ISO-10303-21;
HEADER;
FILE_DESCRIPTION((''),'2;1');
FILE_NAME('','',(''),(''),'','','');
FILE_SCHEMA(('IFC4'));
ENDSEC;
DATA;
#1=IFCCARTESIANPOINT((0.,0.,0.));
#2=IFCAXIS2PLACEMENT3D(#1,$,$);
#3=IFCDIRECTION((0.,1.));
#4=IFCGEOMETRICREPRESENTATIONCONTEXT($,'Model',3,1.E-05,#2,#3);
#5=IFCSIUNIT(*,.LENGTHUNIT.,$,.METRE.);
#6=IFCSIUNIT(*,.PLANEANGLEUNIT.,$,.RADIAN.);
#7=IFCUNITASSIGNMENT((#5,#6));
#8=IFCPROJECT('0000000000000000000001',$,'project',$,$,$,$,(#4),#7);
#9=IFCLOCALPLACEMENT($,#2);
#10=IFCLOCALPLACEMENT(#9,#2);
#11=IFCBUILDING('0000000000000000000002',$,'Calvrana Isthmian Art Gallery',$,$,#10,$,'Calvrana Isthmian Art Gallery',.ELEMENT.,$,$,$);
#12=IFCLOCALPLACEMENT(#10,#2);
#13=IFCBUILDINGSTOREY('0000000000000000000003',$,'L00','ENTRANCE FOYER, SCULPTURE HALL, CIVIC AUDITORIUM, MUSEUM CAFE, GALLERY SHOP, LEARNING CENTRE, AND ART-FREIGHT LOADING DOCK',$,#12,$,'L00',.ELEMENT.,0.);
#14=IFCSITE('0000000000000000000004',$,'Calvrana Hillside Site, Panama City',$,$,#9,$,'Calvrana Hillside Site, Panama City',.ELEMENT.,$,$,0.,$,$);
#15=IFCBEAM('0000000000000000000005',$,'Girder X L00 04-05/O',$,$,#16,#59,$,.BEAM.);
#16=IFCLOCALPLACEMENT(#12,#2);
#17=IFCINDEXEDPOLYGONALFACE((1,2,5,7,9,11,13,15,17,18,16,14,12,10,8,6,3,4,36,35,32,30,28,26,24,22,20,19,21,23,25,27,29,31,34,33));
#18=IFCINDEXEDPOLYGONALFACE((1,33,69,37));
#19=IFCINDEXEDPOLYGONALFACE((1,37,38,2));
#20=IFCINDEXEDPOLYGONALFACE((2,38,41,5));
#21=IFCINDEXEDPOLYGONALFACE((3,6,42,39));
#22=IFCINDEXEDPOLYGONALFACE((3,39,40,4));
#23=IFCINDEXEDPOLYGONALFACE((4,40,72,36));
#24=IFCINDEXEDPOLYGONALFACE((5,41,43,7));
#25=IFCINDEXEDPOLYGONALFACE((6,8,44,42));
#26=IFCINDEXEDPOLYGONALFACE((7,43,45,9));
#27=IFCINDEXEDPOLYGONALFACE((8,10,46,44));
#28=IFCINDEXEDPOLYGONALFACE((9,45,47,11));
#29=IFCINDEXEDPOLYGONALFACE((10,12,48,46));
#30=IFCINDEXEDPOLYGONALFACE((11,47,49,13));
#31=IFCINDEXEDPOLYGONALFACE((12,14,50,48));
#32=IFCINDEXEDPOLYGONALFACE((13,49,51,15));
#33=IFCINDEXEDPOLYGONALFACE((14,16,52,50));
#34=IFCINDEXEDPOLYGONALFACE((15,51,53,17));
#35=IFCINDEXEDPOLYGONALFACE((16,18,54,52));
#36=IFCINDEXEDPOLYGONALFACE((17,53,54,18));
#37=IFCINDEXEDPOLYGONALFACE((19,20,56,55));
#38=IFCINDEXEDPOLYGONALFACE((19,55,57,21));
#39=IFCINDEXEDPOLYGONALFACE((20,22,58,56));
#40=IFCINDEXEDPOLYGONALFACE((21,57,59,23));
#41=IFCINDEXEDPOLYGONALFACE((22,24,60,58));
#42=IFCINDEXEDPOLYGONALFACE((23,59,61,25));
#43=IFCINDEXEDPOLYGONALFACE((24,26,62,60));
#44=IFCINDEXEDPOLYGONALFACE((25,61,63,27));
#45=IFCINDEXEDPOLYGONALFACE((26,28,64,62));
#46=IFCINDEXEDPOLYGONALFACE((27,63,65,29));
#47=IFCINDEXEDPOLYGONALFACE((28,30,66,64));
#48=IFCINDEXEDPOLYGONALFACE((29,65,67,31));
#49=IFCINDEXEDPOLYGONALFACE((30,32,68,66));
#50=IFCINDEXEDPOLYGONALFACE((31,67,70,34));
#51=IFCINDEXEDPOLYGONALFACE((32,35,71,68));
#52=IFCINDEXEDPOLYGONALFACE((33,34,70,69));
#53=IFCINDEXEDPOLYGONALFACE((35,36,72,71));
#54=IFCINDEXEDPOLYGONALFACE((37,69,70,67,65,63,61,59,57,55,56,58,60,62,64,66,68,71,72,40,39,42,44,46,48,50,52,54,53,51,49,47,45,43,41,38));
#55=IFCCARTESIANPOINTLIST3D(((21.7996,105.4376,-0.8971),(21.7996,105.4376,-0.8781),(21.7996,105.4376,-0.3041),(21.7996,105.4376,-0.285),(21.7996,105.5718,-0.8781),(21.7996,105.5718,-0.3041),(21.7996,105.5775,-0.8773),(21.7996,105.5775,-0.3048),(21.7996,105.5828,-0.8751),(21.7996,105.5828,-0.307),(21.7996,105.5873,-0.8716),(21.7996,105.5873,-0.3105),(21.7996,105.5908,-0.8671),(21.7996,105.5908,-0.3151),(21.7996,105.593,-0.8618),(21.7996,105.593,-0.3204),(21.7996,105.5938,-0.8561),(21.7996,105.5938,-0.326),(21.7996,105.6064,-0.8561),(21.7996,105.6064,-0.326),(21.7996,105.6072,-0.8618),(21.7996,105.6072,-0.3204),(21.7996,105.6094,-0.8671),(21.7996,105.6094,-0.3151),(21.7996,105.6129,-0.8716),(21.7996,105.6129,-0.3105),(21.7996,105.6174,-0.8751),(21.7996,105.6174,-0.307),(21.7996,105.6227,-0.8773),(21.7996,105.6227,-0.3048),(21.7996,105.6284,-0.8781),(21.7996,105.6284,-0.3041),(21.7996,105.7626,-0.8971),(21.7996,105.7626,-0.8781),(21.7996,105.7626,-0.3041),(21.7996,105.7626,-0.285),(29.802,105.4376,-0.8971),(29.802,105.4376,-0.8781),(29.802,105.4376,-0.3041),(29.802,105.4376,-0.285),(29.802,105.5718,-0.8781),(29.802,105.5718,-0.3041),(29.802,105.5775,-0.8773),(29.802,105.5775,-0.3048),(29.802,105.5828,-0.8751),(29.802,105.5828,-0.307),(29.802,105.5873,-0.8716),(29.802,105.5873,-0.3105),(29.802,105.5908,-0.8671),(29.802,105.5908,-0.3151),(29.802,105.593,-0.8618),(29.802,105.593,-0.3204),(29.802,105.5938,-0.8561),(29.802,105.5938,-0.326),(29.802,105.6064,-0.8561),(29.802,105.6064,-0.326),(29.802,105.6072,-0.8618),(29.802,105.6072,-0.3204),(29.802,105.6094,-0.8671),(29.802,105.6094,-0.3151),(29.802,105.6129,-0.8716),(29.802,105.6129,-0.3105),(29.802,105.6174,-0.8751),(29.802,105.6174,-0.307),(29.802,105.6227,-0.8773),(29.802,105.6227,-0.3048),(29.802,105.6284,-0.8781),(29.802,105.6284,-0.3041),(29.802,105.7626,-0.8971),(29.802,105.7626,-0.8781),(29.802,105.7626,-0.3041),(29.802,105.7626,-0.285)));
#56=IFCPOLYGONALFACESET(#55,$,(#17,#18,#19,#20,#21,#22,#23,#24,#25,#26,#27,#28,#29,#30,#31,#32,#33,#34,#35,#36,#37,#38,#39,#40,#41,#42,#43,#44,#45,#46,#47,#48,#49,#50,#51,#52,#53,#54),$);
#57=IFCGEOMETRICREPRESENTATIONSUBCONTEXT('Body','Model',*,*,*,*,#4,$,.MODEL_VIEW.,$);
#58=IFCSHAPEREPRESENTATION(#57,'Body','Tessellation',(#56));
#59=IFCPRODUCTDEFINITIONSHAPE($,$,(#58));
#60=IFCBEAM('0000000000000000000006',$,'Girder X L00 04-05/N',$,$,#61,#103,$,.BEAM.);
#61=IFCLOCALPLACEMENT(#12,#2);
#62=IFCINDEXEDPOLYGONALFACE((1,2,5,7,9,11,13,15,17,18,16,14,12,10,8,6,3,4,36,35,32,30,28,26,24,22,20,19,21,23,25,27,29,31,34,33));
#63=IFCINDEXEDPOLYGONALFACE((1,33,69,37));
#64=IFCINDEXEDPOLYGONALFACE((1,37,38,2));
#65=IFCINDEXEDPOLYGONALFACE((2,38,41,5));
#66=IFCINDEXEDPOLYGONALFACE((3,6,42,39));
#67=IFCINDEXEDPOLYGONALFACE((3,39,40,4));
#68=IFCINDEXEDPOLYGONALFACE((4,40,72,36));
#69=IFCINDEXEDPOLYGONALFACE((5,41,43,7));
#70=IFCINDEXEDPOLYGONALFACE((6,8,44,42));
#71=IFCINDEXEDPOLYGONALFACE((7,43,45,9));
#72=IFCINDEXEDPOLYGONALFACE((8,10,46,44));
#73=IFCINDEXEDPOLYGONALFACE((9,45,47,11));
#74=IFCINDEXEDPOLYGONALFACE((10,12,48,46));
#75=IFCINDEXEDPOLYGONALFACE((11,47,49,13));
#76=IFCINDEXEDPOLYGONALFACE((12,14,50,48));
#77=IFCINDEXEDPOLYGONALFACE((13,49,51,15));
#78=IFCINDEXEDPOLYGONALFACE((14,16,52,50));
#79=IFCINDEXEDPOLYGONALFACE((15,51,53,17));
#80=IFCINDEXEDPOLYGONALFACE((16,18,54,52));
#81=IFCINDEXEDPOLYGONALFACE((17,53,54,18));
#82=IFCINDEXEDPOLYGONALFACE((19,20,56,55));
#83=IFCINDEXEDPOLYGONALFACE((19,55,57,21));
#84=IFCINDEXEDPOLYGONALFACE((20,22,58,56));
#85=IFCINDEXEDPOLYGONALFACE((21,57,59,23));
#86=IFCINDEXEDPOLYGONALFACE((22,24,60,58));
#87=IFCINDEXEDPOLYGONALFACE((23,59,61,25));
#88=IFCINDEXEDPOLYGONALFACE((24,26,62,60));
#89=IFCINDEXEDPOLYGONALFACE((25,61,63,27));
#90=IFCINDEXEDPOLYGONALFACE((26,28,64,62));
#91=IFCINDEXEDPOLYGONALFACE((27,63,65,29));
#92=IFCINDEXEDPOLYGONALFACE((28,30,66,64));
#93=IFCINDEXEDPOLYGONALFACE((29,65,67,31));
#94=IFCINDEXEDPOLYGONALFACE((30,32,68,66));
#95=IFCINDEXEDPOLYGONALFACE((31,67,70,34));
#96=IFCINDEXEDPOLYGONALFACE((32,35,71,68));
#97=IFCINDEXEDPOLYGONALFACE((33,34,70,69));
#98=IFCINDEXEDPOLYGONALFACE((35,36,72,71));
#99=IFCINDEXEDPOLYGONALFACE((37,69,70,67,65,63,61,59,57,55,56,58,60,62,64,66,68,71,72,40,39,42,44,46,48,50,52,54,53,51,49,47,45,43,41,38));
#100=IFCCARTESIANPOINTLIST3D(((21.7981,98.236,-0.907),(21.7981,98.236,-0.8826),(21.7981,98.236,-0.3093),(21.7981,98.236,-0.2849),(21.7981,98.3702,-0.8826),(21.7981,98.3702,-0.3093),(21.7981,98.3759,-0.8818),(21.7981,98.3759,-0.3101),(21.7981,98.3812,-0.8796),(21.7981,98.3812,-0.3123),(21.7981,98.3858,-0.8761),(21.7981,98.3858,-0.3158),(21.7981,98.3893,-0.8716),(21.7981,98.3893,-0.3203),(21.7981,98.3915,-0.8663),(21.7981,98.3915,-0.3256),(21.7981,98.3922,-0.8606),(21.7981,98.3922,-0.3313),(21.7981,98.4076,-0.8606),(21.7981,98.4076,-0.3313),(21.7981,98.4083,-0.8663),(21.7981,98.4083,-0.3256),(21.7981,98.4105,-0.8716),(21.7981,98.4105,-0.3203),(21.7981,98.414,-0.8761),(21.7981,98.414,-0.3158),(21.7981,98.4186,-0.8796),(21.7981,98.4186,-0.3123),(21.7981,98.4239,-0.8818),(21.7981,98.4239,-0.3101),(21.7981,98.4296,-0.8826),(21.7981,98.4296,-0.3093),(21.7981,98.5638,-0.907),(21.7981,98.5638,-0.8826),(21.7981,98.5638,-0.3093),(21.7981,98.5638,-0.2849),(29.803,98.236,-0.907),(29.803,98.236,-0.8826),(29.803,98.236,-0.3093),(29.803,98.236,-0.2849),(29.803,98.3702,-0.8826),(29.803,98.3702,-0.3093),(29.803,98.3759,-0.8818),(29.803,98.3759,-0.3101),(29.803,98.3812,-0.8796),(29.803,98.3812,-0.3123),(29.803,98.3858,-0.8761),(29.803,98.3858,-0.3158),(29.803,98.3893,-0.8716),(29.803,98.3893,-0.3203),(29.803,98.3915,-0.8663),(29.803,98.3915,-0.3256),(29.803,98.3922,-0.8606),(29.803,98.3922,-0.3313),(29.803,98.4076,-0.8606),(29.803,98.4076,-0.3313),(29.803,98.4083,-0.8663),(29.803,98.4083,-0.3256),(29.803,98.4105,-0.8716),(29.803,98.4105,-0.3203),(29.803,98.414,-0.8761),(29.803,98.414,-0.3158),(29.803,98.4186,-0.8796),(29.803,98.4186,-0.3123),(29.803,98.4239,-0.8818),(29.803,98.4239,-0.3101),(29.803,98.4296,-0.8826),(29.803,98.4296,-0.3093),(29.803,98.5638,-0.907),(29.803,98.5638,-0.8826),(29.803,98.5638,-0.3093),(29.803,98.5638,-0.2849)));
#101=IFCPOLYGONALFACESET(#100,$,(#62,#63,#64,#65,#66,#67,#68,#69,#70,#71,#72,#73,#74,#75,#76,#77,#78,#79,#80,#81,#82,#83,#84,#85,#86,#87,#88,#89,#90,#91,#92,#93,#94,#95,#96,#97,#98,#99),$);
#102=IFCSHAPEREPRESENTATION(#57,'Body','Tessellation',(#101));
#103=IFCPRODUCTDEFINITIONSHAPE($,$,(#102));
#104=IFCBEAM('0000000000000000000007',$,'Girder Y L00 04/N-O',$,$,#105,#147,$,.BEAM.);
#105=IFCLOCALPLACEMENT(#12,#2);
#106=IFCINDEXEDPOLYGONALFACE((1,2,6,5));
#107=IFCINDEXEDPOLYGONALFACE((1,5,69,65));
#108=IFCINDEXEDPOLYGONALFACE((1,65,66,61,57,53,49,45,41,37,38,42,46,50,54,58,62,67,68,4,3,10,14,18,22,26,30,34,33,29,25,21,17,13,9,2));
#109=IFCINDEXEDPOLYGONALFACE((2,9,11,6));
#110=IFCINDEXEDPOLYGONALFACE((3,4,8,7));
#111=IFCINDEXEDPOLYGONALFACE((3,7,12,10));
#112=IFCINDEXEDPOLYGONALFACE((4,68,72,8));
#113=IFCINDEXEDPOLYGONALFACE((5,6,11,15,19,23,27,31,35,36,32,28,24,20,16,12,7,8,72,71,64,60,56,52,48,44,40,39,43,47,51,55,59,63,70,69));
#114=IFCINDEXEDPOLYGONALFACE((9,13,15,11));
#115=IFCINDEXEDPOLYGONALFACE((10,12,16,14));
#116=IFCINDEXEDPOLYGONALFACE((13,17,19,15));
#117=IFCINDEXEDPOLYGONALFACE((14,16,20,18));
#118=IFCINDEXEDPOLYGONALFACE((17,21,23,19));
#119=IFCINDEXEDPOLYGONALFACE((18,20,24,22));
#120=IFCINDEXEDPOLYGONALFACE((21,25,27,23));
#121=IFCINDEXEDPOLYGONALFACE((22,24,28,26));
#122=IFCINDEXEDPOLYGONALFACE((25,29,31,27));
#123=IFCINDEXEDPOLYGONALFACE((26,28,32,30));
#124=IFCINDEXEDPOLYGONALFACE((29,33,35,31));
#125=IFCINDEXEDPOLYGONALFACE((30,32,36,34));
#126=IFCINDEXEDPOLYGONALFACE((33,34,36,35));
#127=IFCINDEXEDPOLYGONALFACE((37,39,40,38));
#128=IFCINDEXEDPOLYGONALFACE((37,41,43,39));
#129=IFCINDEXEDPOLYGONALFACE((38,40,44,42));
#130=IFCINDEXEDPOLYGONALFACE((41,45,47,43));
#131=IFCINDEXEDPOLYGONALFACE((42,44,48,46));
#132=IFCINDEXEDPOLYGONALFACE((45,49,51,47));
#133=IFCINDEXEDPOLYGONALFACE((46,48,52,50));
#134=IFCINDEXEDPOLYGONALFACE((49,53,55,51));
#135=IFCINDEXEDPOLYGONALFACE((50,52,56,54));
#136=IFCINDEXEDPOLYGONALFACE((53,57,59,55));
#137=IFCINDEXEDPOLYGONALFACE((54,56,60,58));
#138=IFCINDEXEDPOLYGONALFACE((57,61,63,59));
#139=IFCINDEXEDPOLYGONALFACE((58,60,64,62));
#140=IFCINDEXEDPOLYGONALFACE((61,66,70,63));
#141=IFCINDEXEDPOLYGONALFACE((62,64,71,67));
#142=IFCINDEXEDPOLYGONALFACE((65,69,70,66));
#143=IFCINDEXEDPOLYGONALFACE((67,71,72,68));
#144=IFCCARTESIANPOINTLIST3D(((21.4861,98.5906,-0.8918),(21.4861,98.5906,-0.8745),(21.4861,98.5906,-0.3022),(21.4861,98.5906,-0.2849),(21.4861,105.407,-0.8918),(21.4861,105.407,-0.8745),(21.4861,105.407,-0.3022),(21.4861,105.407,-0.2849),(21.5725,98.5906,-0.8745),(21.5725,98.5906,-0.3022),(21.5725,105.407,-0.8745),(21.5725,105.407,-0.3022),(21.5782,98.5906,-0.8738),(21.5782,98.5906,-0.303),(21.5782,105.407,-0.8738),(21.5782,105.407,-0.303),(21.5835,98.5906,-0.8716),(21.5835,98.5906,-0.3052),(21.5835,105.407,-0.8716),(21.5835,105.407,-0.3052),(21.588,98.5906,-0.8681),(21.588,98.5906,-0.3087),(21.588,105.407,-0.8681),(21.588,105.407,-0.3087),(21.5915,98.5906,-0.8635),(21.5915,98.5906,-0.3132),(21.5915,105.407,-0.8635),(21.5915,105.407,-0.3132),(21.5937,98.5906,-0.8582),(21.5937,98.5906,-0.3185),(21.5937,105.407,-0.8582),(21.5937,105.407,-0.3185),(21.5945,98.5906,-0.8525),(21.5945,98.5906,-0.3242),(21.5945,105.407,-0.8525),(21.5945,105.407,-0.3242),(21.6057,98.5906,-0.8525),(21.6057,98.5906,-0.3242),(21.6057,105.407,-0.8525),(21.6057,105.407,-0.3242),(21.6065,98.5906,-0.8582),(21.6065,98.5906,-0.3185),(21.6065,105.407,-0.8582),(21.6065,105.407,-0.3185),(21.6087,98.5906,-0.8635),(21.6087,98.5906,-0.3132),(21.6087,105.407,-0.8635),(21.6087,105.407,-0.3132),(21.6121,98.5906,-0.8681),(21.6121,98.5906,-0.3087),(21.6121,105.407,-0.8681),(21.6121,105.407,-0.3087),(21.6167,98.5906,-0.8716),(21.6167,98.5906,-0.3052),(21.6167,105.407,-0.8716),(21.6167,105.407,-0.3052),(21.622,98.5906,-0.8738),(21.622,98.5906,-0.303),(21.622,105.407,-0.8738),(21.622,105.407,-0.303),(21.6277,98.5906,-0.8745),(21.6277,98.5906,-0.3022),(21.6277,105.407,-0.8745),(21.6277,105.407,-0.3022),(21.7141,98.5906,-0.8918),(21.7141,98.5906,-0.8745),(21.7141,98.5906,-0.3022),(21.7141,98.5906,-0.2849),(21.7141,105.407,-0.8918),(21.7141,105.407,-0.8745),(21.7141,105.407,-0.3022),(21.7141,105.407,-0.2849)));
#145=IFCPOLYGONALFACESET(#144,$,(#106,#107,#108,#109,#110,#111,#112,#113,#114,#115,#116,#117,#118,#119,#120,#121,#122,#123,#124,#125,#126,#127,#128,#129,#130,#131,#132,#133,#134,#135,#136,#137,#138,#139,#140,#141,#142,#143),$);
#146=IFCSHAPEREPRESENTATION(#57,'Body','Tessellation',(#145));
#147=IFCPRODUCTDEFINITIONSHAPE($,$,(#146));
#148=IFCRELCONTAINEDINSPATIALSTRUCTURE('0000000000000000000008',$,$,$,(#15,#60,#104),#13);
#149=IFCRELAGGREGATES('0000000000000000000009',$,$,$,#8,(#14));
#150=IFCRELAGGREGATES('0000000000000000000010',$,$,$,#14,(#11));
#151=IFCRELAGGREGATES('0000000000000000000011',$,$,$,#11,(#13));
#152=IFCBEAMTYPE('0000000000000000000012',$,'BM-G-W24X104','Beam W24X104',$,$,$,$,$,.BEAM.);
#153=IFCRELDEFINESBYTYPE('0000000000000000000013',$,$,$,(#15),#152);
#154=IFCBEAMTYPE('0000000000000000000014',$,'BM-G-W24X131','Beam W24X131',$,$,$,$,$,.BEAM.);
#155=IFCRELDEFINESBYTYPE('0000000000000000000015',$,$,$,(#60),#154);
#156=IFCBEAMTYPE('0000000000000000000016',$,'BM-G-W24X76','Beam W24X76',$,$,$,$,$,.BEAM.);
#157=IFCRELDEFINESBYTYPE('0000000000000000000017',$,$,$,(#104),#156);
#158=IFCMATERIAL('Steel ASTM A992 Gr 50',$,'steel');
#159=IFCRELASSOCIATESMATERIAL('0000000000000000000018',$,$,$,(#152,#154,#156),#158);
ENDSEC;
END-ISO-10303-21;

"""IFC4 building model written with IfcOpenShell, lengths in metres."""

from ifc_helpers import new_model, si_unit, direction, frame, origin, origin_2d, place, context, subcontext, project, spatial, i_section, extrude, material, material_profile, profile_set, type_object, element, save


model = new_model("IFC4")

# Units and contexts
model_context = context("Model", 3, precision=1e-05, world=origin(), true_north=direction((0.0, 1.0)))
body_context = subcontext(model_context, "Body", "Model", "MODEL_VIEW")
ifc_project = project(units=[si_unit("LENGTHUNIT", "METRE"), si_unit("PLANEANGLEUNIT", "RADIAN")], contexts=[model_context])

# Site, building, storey
site_placement = place(None, origin())
site = spatial("IfcSite", under=ifc_project, at=site_placement, Name="Calvrana Hillside Site, Panama City", LongName="Calvrana Hillside Site, Panama City", CompositionType="ELEMENT", RefElevation=0.0)
building_placement = place(site_placement, origin())
building = spatial("IfcBuilding", under=site, at=building_placement, Name="Calvrana Isthmian Art Gallery", LongName="Calvrana Isthmian Art Gallery", CompositionType="ELEMENT")
storey_placement = place(building_placement, origin())
storey = spatial("IfcBuildingStorey", under=building, at=storey_placement, Name="L00", Description="ENTRANCE FOYER, SCULPTURE HALL, CIVIC AUDITORIUM, MUSEUM CAFE, GALLERY SHOP, LEARNING CENTRE, AND ART-FREIGHT LOADING DOCK", LongName="L00", CompositionType="ELEMENT", Elevation=0.0)

# Shared definitions
ifc_material_1 = material(Name="Steel ASTM A992 Gr 50", Category="steel")

# Beams
ifc_material_profile_1 = material_profile(ifc_material_1, i_section(OverallWidth=0.325, OverallDepth=0.6121, WebThickness=0.0127, FlangeThickness=0.019, FilletRadius=0.022, at=origin_2d()), Name="W24X104")
ifc_profile_set_1 = profile_set([ifc_material_profile_1], Name="Steel ASTM A992 Gr 50")
beam_type_1 = type_object("IfcBeamType", Name="BM-G-W24X104", Description="Beam W24X104", PredefinedType="BEAM", material=ifc_profile_set_1)
beam_1_placement = place(storey_placement, frame((21.7996, 105.6001, -0.5911), z_axis=(1.0, 0.0, 0.0), x_axis=(0.0, 1.0, 0.0)))
element("IfcBeam", 1, at=beam_1_placement, inside=storey, type_object=beam_type_1, Name="Girder X L00 04-05/O", PredefinedType="BEAM", context=body_context, shape_type="SweptSolid", body=[
    extrude(i_section(OverallWidth=0.325, OverallDepth=0.6121, WebThickness=0.0127, FlangeThickness=0.019, FilletRadius=0.022, at=origin_2d()), origin(), (0.0, 0.0, 1.0), 8.0024),
])
ifc_material_profile_2 = material_profile(ifc_material_1, i_section(OverallWidth=0.3279, OverallDepth=0.6221, WebThickness=0.0154, FlangeThickness=0.0244, FilletRadius=0.022, at=origin_2d()), Name="W24X131")
ifc_profile_set_2 = profile_set([ifc_material_profile_2], Name="Steel ASTM A992 Gr 50")
beam_type_2 = type_object("IfcBeamType", Name="BM-G-W24X131", Description="Beam W24X131", PredefinedType="BEAM", material=ifc_profile_set_2)
beam_2_placement = place(storey_placement, frame((21.7981, 98.3999, -0.5959), z_axis=(1.0, 0.0, 0.0), x_axis=(0.0, 1.0, 0.0)))
element("IfcBeam", 2, at=beam_2_placement, inside=storey, type_object=beam_type_2, Name="Girder X L00 04-05/N", PredefinedType="BEAM", context=body_context, shape_type="SweptSolid", body=[
    extrude(i_section(OverallWidth=0.3279, OverallDepth=0.6221, WebThickness=0.0154, FlangeThickness=0.0244, FilletRadius=0.022, at=origin_2d()), origin(), (0.0, 0.0, 1.0), 8.0049),
])
ifc_material_profile_3 = material_profile(ifc_material_1, i_section(OverallWidth=0.228, OverallDepth=0.6069, WebThickness=0.0112, FlangeThickness=0.0173, FilletRadius=0.022, at=origin_2d()), Name="W24X76")
ifc_profile_set_3 = profile_set([ifc_material_profile_3], Name="Steel ASTM A992 Gr 50")
beam_type_3 = type_object("IfcBeamType", Name="BM-G-W24X76", Description="Beam W24X76", PredefinedType="BEAM", material=ifc_profile_set_3)
beam_3_placement = place(storey_placement, frame((21.6001, 98.5906, -0.5884), z_axis=(0.0, 1.0, 0.0), x_axis=(-1.0, 0.0, 0.0)))
element("IfcBeam", 3, at=beam_3_placement, inside=storey, type_object=beam_type_3, Name="Girder Y L00 04/N-O", PredefinedType="BEAM", context=body_context, shape_type="SweptSolid", body=[
    extrude(i_section(OverallWidth=0.228, OverallDepth=0.6069, WebThickness=0.0112, FlangeThickness=0.0173, FilletRadius=0.022, at=origin_2d()), origin(), (0.0, 0.0, 1.0), 6.8164),
])

save(model, "model.ifc")
